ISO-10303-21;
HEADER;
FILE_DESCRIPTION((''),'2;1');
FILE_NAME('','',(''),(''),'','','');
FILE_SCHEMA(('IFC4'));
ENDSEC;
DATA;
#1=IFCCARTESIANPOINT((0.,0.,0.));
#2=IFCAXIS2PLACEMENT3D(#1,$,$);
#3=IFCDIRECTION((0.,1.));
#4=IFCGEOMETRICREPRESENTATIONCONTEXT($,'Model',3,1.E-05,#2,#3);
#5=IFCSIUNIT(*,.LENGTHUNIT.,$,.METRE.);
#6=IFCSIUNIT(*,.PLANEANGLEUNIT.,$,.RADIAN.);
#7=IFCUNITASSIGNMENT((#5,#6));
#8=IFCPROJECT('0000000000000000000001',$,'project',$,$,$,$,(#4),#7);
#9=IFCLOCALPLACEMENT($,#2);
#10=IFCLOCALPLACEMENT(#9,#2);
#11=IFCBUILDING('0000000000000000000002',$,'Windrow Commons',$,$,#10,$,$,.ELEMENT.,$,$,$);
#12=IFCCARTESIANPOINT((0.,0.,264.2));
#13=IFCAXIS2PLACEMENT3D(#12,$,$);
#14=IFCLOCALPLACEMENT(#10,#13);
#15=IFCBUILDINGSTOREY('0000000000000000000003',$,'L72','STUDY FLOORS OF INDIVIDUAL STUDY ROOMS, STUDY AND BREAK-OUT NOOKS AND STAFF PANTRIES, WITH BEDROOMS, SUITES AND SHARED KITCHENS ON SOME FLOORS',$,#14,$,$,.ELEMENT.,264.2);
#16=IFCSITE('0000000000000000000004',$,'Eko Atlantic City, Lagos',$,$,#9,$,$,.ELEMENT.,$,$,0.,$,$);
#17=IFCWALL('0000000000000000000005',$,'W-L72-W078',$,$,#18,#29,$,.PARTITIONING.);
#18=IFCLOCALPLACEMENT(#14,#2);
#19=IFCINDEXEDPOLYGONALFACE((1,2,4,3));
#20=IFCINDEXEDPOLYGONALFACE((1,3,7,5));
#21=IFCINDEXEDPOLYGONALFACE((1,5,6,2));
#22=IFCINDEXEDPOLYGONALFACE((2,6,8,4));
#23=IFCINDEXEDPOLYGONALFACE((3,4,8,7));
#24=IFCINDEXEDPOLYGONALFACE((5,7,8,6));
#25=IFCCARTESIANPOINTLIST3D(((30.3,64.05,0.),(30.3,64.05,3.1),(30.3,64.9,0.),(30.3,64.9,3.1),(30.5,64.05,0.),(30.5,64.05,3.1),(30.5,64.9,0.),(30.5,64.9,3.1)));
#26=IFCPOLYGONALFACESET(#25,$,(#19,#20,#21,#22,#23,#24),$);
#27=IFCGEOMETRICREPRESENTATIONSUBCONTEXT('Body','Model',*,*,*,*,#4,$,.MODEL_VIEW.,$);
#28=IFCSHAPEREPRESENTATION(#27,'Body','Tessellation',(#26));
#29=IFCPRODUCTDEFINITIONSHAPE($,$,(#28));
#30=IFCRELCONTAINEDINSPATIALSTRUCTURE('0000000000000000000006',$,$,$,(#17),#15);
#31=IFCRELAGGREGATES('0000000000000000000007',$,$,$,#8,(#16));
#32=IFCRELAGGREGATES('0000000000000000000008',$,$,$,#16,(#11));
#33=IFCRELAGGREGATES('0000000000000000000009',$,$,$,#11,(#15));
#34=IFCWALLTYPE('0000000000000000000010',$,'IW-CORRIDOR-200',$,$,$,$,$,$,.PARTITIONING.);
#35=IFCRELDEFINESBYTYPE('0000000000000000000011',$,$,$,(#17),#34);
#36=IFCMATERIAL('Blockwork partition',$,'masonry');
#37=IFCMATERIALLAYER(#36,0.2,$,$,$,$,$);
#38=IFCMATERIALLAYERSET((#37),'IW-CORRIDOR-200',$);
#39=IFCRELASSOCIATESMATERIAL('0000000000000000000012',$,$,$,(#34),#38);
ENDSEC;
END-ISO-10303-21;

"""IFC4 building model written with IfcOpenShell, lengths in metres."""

from ifc_helpers import new_model, si_unit, direction, frame, frame_2d, origin, place, context, subcontext, project, spatial, rectangle, extrude, material, layer, layer_set, type_object, element, save


model = new_model("IFC4")

# Units and contexts
model_context = context("Model", 3, precision=1e-05, world=origin(), true_north=direction((0.0, 1.0)))
body_context = subcontext(model_context, "Body", "Model", "MODEL_VIEW")
ifc_project = project(units=[si_unit("LENGTHUNIT", "METRE"), si_unit("PLANEANGLEUNIT", "RADIAN")], contexts=[model_context])

# Site, building, storey
site_placement = place(None, origin())
site = spatial("IfcSite", under=ifc_project, at=site_placement, Name="Eko Atlantic City, Lagos", CompositionType="ELEMENT", RefElevation=0.0)
building_placement = place(site_placement, origin())
building = spatial("IfcBuilding", under=site, at=building_placement, Name="Windrow Commons", CompositionType="ELEMENT")
storey_placement = place(building_placement, frame((0.0, 0.0, 264.2)))
storey = spatial("IfcBuildingStorey", under=building, at=storey_placement, Name="L72", Description="STUDY FLOORS OF INDIVIDUAL STUDY ROOMS, STUDY AND BREAK-OUT NOOKS AND STAFF PANTRIES, WITH BEDROOMS, SUITES AND SHARED KITCHENS ON SOME FLOORS", CompositionType="ELEMENT", Elevation=264.2)

# Wall
ifc_material_1 = material(Name="Blockwork partition", Category="masonry")
ifc_layer_1 = layer(ifc_material_1, 0.2)
ifc_layer_set_1 = layer_set([ifc_layer_1], Name="IW-CORRIDOR-200")
wall_type_1 = type_object("IfcWallType", Name="IW-CORRIDOR-200", PredefinedType="PARTITIONING", material=ifc_layer_set_1)
wall_1_placement = place(storey_placement, frame((30.4, 64.05, 0.0), z_axis=(0.0, 0.0, 1.0), x_axis=(0.0, 1.0, 0.0)))
element("IfcWall", 1, at=wall_1_placement, inside=storey, type_object=wall_type_1, Name="W-L72-W078", PredefinedType="PARTITIONING", context=body_context, shape_type="SweptSolid", body=[
    extrude(rectangle(XDim=0.85, YDim=0.2, at=frame_2d((0.425, 0.0))), origin(), (0.0, 0.0, 1.0), 3.1),
])

save(model, "model.ifc")
